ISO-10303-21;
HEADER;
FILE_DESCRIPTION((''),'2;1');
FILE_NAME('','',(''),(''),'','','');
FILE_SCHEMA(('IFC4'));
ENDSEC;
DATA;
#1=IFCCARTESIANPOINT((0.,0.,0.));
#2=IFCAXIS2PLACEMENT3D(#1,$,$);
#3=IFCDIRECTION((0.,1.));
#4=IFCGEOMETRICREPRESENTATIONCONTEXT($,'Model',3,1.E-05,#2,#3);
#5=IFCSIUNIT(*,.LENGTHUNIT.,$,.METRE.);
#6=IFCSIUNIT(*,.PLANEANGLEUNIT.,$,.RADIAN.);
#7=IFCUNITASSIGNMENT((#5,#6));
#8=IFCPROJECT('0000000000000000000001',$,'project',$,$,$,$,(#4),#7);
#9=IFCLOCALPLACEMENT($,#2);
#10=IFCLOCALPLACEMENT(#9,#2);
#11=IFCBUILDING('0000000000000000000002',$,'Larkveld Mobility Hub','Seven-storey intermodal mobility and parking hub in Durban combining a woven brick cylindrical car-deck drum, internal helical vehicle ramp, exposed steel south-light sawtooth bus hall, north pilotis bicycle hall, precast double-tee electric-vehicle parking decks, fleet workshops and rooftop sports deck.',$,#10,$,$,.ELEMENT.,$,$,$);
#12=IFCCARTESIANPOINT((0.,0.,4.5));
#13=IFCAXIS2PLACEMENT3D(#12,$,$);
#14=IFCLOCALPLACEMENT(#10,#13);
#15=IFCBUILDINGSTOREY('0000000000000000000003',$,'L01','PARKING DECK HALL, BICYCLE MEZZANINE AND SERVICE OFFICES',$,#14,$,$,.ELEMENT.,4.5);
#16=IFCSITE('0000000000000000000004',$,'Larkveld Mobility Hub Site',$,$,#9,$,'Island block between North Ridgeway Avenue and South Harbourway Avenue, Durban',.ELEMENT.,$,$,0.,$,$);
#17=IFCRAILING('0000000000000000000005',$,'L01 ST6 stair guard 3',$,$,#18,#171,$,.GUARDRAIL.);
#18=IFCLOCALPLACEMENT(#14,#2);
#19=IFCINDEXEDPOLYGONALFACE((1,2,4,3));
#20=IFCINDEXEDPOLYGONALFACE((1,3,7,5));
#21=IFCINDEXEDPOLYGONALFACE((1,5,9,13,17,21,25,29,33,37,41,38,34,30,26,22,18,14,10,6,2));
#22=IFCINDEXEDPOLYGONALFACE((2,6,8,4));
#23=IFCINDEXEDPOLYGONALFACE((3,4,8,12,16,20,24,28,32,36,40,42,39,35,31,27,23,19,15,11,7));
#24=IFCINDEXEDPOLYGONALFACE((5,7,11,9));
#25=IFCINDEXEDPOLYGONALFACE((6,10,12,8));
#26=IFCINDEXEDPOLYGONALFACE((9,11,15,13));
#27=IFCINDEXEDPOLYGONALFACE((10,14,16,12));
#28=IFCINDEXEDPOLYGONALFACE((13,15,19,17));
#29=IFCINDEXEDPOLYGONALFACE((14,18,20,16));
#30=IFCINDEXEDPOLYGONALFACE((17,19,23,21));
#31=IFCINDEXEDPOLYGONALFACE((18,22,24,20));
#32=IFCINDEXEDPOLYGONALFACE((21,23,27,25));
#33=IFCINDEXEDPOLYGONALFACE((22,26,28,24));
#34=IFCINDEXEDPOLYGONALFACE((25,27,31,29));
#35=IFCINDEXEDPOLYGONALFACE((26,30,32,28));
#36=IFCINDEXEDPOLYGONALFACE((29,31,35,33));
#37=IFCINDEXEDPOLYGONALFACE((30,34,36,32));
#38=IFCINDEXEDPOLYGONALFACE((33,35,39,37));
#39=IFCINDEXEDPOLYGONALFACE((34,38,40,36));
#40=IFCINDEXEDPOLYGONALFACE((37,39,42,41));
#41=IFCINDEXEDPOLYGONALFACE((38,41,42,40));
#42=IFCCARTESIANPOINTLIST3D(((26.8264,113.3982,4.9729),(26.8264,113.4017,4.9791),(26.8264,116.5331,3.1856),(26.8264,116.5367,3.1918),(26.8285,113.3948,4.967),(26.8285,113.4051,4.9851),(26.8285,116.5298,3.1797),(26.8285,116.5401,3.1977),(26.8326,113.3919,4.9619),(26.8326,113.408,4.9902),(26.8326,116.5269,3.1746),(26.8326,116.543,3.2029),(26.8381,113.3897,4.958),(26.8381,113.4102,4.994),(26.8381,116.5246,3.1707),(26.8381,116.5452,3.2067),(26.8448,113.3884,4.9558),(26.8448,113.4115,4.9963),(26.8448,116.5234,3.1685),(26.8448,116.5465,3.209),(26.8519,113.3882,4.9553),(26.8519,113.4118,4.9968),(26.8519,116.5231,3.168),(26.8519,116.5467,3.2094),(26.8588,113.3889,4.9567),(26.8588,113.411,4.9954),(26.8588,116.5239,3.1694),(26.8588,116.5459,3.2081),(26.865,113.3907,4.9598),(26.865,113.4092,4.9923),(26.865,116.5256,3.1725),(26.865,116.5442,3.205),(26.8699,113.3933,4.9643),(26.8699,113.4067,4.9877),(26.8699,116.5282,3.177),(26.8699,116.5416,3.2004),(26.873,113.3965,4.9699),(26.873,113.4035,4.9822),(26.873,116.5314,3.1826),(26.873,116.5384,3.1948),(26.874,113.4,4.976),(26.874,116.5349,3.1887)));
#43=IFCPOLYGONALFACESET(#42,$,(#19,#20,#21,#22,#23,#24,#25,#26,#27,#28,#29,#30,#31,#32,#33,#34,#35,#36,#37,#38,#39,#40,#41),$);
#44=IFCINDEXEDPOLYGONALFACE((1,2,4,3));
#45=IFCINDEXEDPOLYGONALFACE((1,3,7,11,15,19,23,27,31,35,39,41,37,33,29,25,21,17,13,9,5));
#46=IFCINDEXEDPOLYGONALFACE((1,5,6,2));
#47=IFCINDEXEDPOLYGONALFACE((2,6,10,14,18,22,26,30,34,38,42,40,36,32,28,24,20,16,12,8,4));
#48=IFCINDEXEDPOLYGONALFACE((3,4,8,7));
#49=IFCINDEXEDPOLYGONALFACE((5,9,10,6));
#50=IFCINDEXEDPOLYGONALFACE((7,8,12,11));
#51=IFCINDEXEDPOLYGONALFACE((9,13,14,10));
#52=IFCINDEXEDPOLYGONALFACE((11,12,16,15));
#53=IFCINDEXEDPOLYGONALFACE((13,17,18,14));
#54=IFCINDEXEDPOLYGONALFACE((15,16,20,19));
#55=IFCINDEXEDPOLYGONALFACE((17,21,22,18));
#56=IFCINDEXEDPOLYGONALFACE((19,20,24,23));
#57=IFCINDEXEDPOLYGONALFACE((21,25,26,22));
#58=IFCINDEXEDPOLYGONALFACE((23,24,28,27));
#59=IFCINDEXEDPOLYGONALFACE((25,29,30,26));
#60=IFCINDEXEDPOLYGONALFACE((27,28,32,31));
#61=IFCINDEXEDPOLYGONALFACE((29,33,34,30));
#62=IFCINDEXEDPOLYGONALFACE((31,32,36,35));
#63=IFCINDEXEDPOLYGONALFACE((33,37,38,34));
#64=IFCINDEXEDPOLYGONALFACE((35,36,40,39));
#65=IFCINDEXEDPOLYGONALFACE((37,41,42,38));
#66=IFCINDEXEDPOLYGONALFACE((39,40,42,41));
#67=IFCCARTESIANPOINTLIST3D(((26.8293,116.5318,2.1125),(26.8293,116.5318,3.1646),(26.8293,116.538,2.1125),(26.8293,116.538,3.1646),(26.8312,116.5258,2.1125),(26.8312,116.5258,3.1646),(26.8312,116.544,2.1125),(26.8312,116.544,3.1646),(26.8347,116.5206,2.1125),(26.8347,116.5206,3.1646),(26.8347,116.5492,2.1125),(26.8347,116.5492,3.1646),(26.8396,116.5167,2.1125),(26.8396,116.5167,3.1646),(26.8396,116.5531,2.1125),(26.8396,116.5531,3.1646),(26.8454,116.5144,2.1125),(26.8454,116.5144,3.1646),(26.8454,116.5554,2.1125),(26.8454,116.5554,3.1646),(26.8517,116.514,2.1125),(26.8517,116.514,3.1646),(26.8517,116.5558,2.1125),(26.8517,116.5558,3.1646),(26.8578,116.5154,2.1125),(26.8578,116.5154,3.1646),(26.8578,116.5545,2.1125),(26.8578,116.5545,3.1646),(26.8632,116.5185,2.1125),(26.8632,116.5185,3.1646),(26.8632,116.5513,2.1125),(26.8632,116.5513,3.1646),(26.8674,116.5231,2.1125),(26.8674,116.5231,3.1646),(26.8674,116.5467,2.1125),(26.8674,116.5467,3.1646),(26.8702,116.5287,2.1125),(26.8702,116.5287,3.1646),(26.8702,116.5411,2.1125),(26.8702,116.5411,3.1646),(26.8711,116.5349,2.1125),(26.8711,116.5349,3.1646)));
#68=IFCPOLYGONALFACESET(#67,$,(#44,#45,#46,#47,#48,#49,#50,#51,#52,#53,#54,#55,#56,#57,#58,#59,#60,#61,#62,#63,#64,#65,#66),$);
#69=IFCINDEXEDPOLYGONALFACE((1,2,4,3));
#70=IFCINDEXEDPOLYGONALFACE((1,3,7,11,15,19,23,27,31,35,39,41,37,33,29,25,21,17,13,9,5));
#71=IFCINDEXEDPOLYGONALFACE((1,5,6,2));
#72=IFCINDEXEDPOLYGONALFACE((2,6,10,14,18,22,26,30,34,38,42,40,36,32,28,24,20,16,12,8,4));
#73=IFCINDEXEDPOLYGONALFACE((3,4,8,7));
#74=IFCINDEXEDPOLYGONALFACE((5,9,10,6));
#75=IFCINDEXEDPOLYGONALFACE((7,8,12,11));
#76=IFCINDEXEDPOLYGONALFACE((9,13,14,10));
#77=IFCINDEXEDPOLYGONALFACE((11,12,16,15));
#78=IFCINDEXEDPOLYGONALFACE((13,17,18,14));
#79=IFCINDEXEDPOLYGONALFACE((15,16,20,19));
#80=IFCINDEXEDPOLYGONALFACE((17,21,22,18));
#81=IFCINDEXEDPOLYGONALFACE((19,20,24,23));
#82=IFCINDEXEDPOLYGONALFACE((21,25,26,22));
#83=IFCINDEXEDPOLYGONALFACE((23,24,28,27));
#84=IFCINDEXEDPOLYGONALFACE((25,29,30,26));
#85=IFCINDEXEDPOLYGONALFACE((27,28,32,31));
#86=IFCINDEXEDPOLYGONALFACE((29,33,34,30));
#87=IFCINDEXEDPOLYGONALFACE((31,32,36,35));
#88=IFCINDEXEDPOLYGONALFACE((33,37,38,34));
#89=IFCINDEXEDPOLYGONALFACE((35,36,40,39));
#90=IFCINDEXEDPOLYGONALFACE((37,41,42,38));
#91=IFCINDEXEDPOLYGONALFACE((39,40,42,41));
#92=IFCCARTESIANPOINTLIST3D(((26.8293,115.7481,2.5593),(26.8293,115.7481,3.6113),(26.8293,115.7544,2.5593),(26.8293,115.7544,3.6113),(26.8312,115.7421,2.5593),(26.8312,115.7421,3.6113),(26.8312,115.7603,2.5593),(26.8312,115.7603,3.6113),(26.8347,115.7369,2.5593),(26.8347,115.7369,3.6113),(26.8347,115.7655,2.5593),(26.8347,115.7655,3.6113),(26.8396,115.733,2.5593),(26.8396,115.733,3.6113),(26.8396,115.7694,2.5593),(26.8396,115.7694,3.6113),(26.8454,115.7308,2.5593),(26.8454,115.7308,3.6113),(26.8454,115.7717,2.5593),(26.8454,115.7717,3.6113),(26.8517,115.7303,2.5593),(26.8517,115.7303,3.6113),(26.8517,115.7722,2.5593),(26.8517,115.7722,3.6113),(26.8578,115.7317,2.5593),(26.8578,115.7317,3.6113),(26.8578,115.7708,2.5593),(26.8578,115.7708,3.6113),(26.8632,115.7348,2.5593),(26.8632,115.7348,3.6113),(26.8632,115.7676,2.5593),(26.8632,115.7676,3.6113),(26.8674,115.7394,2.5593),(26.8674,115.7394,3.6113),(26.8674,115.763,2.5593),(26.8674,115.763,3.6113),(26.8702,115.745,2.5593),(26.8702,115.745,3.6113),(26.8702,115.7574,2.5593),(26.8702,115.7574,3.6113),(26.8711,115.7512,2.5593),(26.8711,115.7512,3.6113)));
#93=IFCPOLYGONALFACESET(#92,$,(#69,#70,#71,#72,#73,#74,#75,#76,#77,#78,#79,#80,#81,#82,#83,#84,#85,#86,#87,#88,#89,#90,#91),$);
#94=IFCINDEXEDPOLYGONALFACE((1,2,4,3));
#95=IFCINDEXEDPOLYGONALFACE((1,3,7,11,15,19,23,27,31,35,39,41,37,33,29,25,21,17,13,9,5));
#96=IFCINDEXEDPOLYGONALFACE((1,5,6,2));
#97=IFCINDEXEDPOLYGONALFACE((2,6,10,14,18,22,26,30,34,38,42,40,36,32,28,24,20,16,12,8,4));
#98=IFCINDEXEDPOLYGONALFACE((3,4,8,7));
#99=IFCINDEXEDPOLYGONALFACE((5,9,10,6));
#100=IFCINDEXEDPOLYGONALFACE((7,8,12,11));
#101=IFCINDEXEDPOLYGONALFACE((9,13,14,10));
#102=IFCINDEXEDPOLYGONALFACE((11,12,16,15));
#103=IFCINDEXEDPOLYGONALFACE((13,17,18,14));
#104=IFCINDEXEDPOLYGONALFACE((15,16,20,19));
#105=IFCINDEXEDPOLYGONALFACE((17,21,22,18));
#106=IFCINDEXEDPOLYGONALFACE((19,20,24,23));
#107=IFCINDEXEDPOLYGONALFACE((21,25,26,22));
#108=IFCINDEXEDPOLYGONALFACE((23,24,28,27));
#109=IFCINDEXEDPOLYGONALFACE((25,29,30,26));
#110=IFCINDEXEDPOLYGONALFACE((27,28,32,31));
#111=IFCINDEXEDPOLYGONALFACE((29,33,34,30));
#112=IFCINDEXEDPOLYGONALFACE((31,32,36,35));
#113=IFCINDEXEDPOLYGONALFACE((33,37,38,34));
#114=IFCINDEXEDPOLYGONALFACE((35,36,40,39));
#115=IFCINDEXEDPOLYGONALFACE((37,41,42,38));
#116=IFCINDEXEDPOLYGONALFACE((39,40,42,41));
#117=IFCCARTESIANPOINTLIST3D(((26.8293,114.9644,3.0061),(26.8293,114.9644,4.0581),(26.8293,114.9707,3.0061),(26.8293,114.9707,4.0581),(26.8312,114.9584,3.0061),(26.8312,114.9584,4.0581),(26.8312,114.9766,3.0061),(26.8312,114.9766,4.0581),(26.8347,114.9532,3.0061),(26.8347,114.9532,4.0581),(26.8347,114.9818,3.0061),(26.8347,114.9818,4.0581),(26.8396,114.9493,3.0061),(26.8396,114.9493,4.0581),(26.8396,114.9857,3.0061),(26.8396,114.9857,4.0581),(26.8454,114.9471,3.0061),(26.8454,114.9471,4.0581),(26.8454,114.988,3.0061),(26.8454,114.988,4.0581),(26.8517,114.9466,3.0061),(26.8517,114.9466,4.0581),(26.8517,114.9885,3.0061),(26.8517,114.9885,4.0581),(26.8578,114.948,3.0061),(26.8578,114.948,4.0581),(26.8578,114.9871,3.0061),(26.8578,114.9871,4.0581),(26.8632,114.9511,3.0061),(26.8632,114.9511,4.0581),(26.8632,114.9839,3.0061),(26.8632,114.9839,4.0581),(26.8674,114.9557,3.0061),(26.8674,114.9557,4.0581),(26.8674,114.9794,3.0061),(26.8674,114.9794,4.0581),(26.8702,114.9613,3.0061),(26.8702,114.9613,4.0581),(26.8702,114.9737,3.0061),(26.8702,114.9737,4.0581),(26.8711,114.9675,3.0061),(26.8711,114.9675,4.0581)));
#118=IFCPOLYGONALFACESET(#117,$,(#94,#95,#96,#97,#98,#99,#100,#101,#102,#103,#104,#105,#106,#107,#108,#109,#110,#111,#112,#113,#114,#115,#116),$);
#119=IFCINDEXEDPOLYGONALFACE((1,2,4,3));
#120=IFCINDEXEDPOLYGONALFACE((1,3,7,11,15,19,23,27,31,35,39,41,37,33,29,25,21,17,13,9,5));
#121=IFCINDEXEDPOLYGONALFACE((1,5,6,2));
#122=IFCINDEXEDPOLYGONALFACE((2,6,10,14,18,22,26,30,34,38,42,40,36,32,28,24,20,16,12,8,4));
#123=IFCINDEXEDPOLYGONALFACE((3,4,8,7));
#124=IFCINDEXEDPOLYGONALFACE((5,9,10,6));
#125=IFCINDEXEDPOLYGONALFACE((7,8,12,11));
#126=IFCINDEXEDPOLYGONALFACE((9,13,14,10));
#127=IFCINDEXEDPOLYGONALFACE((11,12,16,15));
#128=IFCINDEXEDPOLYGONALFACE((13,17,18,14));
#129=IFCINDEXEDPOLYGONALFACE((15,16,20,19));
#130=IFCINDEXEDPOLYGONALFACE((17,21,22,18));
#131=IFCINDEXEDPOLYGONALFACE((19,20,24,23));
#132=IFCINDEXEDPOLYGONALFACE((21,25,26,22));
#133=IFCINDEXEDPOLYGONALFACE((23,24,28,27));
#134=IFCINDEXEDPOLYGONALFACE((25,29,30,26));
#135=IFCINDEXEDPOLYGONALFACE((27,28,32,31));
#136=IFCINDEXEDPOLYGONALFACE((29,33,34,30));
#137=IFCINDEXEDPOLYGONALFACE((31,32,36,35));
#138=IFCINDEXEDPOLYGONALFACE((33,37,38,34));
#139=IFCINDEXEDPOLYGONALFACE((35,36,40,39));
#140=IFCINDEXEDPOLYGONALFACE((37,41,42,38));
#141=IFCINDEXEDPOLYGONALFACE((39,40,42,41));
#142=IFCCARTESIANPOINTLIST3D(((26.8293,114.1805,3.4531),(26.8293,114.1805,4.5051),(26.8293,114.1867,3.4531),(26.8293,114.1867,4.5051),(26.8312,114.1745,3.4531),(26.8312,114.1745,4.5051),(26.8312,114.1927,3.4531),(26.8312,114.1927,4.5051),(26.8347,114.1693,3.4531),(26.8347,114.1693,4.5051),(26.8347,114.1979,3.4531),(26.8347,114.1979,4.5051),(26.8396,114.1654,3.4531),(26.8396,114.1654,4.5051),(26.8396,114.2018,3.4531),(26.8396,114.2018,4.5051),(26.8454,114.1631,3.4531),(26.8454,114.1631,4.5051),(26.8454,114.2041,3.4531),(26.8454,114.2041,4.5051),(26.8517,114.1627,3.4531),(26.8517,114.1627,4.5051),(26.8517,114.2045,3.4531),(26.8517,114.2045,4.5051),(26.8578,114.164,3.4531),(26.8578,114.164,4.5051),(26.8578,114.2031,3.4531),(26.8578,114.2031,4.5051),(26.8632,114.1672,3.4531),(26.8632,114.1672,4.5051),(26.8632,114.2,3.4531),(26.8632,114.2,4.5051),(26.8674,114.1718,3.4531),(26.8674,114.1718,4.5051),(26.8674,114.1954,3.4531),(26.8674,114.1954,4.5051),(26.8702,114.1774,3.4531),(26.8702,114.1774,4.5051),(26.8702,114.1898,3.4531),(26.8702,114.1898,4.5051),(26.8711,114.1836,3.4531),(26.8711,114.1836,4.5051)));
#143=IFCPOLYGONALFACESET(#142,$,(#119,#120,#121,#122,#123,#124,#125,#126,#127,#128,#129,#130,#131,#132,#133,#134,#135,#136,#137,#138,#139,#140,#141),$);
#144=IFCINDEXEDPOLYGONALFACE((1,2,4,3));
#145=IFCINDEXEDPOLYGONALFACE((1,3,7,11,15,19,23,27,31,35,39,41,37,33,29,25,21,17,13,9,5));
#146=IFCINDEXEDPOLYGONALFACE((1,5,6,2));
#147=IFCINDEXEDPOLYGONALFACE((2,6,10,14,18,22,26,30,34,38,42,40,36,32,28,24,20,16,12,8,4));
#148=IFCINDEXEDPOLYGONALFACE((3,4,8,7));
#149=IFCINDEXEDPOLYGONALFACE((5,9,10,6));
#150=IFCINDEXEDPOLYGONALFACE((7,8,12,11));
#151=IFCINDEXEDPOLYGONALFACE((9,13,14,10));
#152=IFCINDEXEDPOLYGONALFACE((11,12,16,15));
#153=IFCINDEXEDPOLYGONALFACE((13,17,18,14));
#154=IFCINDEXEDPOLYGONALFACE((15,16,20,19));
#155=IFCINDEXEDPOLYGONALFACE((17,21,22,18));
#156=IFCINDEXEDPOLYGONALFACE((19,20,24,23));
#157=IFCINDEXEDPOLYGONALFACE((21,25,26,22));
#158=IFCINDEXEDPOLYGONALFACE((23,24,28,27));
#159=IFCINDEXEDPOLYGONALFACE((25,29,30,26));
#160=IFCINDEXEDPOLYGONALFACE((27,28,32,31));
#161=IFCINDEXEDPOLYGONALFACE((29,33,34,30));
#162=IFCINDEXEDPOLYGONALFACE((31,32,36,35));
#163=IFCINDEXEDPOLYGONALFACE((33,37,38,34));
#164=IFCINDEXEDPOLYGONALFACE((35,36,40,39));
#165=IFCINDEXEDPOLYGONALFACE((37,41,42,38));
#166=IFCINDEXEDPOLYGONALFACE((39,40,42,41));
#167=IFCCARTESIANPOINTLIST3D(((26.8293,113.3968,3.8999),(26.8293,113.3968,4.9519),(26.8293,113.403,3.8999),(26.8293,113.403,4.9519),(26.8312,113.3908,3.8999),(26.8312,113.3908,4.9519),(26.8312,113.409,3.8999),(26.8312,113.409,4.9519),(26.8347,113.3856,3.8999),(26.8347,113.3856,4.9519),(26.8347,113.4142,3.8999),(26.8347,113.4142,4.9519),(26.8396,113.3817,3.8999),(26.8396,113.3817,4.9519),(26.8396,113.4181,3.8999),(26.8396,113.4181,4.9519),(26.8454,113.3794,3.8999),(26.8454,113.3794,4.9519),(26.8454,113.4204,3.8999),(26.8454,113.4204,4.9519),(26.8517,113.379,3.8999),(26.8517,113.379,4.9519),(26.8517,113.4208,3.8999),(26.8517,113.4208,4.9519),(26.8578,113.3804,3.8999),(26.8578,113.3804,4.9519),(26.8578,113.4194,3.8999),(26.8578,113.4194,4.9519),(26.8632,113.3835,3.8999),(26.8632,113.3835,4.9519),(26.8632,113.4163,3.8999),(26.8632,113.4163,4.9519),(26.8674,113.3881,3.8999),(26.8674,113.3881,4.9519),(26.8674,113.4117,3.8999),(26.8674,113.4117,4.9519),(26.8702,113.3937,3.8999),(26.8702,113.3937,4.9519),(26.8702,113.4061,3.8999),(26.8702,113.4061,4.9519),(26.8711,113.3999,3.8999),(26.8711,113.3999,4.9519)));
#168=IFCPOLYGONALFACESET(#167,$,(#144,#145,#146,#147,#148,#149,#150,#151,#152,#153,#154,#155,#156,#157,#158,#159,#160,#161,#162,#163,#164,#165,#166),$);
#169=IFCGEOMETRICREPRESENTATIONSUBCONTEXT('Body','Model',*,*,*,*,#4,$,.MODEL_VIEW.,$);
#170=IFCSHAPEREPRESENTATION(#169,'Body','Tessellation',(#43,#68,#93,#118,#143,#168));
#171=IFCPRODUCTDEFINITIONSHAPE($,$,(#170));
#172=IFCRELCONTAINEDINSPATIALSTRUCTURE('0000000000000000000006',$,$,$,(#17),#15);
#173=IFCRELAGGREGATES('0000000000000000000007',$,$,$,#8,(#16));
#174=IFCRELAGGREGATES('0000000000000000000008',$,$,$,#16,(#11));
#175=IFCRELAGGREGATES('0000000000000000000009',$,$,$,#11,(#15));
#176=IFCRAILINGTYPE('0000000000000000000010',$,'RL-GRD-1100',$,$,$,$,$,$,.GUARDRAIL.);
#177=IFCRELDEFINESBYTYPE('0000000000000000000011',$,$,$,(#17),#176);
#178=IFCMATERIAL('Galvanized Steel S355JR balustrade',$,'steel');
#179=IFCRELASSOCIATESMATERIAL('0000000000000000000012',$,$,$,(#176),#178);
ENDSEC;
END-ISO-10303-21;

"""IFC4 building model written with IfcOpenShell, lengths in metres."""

from ifc_helpers import new_model, si_unit, direction, frame, origin, origin_2d, place, context, subcontext, project, spatial, circle, extrude, material, type_object, element, save


model = new_model("IFC4")

# Units and contexts
model_context = context("Model", 3, precision=1e-05, world=origin(), true_north=direction((0.0, 1.0)))
body_context = subcontext(model_context, "Body", "Model", "MODEL_VIEW")
ifc_project = project(units=[si_unit("LENGTHUNIT", "METRE"), si_unit("PLANEANGLEUNIT", "RADIAN")], contexts=[model_context])

# Site, building, storey
site_placement = place(None, origin())
site = spatial("IfcSite", under=ifc_project, at=site_placement, Name="Larkveld Mobility Hub Site", LongName="Island block between North Ridgeway Avenue and South Harbourway Avenue, Durban", CompositionType="ELEMENT", RefElevation=0.0)
building_placement = place(site_placement, origin())
building = spatial("IfcBuilding", under=site, at=building_placement, Name="Larkveld Mobility Hub", Description="Seven-storey intermodal mobility and parking hub in Durban combining a woven brick cylindrical car-deck drum, internal helical vehicle ramp, exposed steel south-light sawtooth bus hall, north pilotis bicycle hall, precast double-tee electric-vehicle parking decks, fleet workshops and rooftop sports deck.", CompositionType="ELEMENT")
storey_placement = place(building_placement, frame((0.0, 0.0, 4.5)))
storey = spatial("IfcBuildingStorey", under=building, at=storey_placement, Name="L01", Description="PARKING DECK HALL, BICYCLE MEZZANINE AND SERVICE OFFICES", CompositionType="ELEMENT", Elevation=4.5)

# Railing
ifc_material_1 = material(Name="Galvanized Steel S355JR balustrade", Category="steel")
railing_type_1 = type_object("IfcRailingType", Name="RL-GRD-1100", PredefinedType="GUARDRAIL", material=ifc_material_1)
railing_1_placement = place(storey_placement, frame((26.8501, 116.5349, 2.1125)))
element("IfcRailing", 1, at=railing_1_placement, inside=storey, type_object=railing_type_1, Name="L01 ST6 stair guard 3", PredefinedType="GUARDRAIL", context=body_context, shape_type="SweptSolid", body=[
    extrude(circle(Radius=0.0239, at=origin_2d()), frame((0.0, 0.0, 1.0762), z_axis=(0.0, -0.86873, 0.495286), x_axis=(1.0, 0.0, 0.0)), (0.0, 0.0, 1.0), 3.6086),
    extrude(circle(Radius=0.021, at=origin_2d()), origin(), (0.0, 0.0, 1.0), 1.052),
    extrude(circle(Radius=0.021, at=origin_2d()), frame((0.0, -0.7837, 0.4468)), (0.0, 0.0, 1.0), 1.052),
    extrude(circle(Radius=0.021, at=origin_2d()), frame((0.0, -1.5674, 0.8936)), (0.0, 0.0, 1.0), 1.052),
    extrude(circle(Radius=0.021, at=origin_2d()), frame((0.0, -2.3513, 1.3406)), (0.0, 0.0, 1.0), 1.052),
    extrude(circle(Radius=0.021, at=origin_2d()), frame((0.0, -3.135, 1.7874)), (0.0, 0.0, 1.0), 1.052),
])

save(model, "model.ifc")
